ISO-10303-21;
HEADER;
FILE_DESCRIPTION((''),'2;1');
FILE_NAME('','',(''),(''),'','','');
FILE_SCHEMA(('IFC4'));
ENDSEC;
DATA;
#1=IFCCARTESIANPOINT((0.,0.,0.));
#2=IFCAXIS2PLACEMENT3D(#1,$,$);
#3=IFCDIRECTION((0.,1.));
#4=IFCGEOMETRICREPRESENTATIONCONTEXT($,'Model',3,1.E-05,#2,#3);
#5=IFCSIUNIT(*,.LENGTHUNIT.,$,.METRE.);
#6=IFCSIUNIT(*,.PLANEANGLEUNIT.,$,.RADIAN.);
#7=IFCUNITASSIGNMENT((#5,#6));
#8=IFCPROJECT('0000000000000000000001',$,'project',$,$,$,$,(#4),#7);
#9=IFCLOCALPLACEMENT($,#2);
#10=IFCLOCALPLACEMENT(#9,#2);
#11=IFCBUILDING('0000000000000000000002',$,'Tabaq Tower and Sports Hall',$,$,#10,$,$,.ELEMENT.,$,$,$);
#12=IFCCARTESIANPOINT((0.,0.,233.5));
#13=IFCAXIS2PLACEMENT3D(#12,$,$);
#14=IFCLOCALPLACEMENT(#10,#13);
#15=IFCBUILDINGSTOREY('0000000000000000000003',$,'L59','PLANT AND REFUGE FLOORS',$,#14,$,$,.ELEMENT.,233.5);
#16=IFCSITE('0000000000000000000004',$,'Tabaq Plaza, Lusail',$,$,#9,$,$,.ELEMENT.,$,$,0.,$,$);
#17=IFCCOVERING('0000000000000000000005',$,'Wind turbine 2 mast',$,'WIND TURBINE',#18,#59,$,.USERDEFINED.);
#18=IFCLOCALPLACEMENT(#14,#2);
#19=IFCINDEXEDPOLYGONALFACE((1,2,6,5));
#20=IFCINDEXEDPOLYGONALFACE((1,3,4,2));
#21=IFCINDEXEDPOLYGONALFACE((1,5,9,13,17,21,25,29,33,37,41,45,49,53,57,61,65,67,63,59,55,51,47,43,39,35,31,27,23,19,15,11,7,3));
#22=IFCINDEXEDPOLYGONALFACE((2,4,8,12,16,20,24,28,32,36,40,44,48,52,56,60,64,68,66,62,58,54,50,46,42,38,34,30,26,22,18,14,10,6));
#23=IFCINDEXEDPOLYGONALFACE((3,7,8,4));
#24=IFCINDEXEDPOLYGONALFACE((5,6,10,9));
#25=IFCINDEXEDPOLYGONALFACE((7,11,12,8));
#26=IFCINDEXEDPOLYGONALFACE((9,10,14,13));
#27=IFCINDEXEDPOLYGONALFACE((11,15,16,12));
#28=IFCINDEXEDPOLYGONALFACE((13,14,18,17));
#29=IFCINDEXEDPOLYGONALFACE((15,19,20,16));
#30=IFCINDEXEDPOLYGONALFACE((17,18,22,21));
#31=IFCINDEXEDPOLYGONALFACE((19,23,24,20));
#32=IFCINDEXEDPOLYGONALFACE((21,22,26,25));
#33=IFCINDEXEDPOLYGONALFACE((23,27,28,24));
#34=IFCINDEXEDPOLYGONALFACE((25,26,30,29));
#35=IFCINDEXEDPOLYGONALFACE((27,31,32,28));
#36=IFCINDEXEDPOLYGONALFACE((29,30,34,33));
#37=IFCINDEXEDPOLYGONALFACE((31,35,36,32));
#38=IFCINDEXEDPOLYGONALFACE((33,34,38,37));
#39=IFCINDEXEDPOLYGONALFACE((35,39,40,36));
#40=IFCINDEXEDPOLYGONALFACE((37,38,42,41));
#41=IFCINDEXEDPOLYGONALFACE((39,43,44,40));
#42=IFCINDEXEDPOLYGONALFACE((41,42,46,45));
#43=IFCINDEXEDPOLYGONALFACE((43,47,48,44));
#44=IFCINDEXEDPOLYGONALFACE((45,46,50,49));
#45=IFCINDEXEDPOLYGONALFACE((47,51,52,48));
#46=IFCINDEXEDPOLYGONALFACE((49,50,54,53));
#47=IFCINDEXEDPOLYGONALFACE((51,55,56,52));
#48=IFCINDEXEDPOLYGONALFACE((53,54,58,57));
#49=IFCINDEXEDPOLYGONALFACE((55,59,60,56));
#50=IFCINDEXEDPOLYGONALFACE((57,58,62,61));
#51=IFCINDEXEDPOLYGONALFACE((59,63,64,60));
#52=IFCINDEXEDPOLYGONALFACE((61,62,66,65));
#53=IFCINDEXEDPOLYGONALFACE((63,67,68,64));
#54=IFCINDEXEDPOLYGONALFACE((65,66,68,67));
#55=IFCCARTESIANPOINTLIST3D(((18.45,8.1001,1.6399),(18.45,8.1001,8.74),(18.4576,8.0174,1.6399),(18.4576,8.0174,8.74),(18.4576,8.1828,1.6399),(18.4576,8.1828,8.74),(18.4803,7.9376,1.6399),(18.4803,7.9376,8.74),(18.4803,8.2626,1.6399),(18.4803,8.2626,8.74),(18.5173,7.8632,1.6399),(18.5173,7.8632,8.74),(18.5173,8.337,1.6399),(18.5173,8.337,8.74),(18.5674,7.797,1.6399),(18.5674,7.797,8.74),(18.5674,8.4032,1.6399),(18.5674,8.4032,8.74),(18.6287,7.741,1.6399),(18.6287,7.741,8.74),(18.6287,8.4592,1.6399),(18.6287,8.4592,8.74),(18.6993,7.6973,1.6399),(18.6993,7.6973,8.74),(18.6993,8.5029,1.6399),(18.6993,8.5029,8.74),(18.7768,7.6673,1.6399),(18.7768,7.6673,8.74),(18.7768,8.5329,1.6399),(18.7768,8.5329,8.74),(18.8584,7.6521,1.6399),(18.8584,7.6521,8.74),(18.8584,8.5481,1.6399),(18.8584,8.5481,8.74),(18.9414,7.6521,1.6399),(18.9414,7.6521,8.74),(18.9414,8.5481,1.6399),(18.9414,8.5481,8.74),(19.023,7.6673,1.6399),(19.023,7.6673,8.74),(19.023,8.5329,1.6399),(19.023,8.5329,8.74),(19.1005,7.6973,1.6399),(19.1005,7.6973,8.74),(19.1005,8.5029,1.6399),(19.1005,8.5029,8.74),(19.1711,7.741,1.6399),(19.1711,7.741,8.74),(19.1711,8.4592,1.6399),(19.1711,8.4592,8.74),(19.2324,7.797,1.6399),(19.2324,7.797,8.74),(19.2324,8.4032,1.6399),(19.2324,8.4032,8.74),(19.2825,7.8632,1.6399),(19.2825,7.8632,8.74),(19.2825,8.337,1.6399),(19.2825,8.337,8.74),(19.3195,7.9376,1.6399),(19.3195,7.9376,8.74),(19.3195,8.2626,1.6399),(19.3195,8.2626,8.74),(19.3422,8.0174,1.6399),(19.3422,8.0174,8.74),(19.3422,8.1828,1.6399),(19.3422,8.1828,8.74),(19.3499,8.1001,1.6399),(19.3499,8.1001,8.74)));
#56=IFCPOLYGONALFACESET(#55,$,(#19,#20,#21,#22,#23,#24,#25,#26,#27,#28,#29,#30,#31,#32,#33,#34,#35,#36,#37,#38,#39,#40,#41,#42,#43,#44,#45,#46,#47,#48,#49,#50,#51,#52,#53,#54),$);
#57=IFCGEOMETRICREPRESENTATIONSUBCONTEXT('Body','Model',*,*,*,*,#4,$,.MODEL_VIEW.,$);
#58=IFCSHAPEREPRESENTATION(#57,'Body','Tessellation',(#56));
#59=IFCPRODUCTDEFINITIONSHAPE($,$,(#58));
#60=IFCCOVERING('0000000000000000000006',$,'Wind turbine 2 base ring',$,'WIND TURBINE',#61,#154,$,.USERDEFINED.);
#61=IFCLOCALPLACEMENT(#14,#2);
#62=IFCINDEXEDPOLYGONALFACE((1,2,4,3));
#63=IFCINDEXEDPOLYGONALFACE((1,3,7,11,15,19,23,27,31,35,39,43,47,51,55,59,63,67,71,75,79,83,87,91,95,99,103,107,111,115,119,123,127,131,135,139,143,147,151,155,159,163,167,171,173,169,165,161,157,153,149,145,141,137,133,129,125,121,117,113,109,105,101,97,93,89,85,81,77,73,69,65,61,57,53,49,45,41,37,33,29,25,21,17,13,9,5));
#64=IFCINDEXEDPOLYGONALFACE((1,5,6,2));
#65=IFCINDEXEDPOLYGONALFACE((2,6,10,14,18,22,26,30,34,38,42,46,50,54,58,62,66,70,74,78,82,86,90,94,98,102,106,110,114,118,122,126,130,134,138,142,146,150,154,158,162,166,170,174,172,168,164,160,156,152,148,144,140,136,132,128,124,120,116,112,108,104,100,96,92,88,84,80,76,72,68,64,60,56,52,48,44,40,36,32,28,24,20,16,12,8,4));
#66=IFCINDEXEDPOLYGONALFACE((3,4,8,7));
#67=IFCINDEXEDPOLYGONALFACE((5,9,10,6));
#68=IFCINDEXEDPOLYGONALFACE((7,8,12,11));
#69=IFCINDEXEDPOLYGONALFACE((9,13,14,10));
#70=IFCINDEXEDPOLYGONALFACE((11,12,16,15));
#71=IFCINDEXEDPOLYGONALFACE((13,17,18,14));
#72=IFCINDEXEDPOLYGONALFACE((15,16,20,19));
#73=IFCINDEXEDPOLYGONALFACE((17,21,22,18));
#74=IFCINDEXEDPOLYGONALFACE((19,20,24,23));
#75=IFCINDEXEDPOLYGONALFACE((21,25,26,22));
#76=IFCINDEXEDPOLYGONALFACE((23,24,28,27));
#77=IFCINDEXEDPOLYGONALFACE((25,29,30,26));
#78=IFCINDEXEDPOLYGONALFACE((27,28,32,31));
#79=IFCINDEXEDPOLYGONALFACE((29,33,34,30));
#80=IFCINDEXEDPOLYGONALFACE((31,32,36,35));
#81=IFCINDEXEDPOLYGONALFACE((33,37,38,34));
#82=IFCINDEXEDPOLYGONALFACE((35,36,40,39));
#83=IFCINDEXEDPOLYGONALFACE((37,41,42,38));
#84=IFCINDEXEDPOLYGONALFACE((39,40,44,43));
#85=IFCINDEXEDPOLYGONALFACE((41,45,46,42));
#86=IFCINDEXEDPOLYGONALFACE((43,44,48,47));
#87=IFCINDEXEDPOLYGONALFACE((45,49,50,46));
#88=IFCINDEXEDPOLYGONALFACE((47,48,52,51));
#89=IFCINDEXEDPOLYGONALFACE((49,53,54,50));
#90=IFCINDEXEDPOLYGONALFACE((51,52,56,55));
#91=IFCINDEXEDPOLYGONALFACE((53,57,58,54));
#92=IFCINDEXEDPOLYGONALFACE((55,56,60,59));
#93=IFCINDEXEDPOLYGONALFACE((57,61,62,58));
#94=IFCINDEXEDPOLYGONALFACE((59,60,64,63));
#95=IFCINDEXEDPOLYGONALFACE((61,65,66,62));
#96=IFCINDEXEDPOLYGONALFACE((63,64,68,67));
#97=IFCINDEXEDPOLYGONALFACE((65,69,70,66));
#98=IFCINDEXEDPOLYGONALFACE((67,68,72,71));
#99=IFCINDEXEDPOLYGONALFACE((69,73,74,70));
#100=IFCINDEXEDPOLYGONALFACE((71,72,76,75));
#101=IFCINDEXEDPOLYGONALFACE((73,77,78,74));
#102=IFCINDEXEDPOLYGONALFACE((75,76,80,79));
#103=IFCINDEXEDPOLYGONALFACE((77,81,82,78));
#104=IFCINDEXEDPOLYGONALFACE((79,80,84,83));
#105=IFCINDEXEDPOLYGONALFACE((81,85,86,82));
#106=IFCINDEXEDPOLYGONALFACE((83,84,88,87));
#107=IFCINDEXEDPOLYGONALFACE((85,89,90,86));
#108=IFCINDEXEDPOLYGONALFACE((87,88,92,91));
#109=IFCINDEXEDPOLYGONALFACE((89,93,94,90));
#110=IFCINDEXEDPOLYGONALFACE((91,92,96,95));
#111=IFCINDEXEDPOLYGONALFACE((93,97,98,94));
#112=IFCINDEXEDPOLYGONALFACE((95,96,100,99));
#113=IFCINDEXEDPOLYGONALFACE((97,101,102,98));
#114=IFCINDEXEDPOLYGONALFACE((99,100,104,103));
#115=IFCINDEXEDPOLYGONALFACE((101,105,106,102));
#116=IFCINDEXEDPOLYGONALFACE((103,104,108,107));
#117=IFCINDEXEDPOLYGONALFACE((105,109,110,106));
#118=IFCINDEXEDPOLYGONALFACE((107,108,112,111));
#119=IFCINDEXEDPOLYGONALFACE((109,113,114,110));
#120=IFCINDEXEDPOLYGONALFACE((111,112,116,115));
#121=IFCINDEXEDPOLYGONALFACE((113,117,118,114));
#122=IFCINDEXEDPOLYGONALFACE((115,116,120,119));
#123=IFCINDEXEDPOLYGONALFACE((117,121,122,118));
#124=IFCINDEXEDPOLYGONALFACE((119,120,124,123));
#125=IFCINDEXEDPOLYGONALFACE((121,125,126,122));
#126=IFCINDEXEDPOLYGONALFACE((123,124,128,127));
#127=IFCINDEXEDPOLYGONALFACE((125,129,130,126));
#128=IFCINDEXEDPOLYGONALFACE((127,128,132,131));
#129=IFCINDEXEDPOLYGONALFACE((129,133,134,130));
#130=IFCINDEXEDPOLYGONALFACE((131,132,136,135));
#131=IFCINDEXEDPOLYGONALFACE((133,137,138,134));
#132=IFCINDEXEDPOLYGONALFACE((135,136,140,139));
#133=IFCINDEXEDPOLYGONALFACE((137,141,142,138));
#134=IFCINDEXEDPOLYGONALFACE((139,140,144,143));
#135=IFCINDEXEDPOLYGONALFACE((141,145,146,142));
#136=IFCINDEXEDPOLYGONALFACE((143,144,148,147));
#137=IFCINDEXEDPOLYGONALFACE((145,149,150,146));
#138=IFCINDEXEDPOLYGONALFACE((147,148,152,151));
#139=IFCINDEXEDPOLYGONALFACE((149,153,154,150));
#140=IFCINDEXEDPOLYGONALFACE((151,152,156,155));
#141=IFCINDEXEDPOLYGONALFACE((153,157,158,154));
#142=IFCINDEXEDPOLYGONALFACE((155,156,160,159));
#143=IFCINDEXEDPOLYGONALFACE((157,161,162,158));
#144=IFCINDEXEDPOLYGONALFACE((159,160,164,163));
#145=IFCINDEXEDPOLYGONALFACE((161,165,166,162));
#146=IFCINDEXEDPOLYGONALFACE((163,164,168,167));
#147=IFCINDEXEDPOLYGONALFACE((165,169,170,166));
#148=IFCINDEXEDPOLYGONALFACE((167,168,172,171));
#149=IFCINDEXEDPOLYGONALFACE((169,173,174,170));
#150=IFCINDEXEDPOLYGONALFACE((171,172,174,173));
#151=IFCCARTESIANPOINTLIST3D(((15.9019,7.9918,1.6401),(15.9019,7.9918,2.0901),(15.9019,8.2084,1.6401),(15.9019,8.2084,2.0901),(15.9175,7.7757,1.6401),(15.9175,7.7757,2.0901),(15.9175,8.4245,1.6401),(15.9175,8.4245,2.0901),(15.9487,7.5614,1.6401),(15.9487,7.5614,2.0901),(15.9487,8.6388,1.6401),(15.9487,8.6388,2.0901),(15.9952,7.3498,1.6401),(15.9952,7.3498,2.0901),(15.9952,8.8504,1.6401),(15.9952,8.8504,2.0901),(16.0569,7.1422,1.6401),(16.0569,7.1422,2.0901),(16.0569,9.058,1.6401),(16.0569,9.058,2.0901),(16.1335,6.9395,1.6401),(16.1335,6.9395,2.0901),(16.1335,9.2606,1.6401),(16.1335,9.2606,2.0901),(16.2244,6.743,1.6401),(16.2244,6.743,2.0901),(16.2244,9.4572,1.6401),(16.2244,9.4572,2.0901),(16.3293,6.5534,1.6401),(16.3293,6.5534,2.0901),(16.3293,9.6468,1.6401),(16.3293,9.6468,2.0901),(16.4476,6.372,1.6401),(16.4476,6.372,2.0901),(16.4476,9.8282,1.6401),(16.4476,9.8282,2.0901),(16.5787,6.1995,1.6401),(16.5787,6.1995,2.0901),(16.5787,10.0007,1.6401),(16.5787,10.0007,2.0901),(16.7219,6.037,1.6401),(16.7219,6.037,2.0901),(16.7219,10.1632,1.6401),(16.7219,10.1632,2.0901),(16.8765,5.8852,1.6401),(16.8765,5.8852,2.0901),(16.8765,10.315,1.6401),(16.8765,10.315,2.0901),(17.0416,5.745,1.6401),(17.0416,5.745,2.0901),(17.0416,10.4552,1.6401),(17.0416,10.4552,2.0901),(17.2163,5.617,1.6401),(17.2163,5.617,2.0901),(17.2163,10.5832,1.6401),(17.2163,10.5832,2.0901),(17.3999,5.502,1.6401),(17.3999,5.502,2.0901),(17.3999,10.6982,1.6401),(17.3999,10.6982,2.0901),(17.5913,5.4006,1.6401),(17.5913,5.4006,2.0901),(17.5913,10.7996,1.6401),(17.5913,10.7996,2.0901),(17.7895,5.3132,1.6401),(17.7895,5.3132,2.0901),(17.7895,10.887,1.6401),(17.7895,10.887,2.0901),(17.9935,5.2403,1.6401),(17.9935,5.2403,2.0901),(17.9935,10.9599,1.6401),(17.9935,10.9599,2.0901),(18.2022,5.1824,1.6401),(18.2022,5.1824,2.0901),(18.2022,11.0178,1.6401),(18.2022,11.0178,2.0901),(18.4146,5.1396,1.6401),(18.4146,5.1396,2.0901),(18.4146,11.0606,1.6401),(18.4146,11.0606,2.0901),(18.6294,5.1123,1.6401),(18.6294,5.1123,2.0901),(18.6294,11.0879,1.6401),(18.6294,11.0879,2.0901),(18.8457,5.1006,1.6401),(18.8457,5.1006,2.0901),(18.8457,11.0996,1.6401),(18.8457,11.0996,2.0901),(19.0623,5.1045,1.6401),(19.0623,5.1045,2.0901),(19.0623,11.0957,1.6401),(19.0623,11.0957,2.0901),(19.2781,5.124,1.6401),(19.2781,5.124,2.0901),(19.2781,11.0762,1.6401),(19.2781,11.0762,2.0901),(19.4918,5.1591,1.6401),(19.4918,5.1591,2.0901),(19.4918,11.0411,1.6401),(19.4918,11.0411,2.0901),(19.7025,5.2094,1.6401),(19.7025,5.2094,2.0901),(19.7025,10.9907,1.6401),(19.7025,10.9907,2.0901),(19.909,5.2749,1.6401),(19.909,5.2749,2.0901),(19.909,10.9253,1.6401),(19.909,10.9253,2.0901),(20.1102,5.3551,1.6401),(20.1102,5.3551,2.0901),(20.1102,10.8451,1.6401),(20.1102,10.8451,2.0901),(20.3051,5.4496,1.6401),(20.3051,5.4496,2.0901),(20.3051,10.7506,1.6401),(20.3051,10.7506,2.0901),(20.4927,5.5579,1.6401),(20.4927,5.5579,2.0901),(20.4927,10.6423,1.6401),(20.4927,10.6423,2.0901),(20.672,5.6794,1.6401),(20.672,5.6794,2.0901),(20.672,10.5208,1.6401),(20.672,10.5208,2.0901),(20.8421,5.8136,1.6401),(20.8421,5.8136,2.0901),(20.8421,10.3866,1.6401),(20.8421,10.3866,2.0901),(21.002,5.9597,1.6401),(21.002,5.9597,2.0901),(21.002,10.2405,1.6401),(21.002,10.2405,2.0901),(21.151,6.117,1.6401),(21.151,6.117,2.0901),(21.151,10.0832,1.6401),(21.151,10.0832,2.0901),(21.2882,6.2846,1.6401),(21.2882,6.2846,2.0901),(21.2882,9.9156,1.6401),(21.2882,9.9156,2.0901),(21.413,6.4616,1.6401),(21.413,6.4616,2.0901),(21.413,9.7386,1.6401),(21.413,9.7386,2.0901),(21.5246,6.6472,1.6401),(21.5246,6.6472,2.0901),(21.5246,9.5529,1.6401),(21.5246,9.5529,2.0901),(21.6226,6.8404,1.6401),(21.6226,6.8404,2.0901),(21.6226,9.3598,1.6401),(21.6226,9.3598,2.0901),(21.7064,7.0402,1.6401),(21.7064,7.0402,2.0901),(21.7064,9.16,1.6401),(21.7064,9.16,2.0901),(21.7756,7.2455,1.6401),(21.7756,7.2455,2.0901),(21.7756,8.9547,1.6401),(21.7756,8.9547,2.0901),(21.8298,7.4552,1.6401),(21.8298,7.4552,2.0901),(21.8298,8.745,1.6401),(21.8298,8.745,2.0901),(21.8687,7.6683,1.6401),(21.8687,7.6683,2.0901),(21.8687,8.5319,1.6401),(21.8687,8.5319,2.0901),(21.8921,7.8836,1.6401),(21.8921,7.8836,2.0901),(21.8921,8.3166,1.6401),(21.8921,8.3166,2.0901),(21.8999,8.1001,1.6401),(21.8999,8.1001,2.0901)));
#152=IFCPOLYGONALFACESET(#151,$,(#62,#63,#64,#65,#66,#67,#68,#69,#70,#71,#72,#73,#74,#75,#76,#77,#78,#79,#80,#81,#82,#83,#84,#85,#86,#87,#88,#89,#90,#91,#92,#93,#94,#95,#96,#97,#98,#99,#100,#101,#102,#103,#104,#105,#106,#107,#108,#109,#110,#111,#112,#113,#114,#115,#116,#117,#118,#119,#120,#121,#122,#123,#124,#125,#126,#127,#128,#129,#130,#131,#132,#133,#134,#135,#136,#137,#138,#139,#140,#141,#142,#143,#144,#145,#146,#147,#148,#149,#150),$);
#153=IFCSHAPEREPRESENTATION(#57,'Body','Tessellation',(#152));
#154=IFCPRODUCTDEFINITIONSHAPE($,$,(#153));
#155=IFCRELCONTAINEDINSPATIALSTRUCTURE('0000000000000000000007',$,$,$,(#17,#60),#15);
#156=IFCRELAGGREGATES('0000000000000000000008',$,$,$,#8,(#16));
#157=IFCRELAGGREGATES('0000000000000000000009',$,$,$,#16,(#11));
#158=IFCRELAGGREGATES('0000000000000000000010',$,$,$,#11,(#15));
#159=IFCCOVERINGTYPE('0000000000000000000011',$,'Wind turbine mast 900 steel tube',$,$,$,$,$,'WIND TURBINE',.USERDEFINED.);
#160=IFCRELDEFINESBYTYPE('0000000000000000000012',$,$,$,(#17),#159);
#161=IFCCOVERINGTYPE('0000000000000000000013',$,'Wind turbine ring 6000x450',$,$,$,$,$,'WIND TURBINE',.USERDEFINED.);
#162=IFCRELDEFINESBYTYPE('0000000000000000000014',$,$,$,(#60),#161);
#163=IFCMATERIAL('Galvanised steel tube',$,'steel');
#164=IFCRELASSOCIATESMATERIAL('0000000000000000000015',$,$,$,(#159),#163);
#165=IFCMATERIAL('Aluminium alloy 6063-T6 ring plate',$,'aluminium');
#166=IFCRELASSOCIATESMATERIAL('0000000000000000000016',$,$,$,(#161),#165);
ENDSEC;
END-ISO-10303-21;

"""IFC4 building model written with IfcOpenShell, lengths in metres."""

from ifc_helpers import new_model, si_unit, direction, frame, origin, origin_2d, place, context, subcontext, project, spatial, circle, extrude, material, material_profile, profile_set, type_object, element, save


model = new_model("IFC4")

# Units and contexts
model_context = context("Model", 3, precision=1e-05, world=origin(), true_north=direction((0.0, 1.0)))
body_context = subcontext(model_context, "Body", "Model", "MODEL_VIEW")
ifc_project = project(units=[si_unit("LENGTHUNIT", "METRE"), si_unit("PLANEANGLEUNIT", "RADIAN")], contexts=[model_context])

# Site, building, storey
site_placement = place(None, origin())
site = spatial("IfcSite", under=ifc_project, at=site_placement, Name="Tabaq Plaza, Lusail", CompositionType="ELEMENT", RefElevation=0.0)
building_placement = place(site_placement, origin())
building = spatial("IfcBuilding", under=site, at=building_placement, Name="Tabaq Tower and Sports Hall", CompositionType="ELEMENT")
storey_placement = place(building_placement, frame((0.0, 0.0, 233.5)))
storey = spatial("IfcBuildingStorey", under=building, at=storey_placement, Name="L59", Description="PLANT AND REFUGE FLOORS", CompositionType="ELEMENT", Elevation=233.5)

# Coverings
ifc_material_1 = material(Name="Galvanised steel tube", Category="steel")
ifc_material_profile_1 = material_profile(ifc_material_1, circle(Radius=0.45, at=origin_2d()), Name="Wind turbine mast 900 steel tube")
ifc_profile_set_1 = profile_set([ifc_material_profile_1], Name="Galvanised steel tube")
covering_type_1 = type_object("IfcCoveringType", Name="Wind turbine mast 900 steel tube", ElementType="WIND TURBINE", PredefinedType="USERDEFINED", material=ifc_profile_set_1)
covering_1_placement = place(storey_placement, frame((18.8999, 8.1001, 8.74), z_axis=(0.0, 0.0, -1.0), x_axis=(1.0, 0.0, 0.0)))
element("IfcCovering", 1, at=covering_1_placement, inside=storey, type_object=covering_type_1, Name="Wind turbine 2 mast", ObjectType="WIND TURBINE", PredefinedType="USERDEFINED", context=body_context, shape_type="SweptSolid", body=[
    extrude(circle(Radius=0.45, at=origin_2d()), origin(), (0.0, 0.0, 1.0), 7.1001),
])
ifc_material_2 = material(Name="Aluminium alloy 6063-T6 ring plate", Category="aluminium")
ifc_material_profile_2 = material_profile(ifc_material_2, circle(Radius=3.0, at=origin_2d()), Name="Wind turbine ring 6000x450")
ifc_profile_set_2 = profile_set([ifc_material_profile_2], Name="Aluminium alloy 6063-T6 ring plate")
covering_type_2 = type_object("IfcCoveringType", Name="Wind turbine ring 6000x450", ElementType="WIND TURBINE", PredefinedType="USERDEFINED", material=ifc_profile_set_2)
for number, where, z_axis, x_axis, name in (
    (2, (18.8999, 8.1001, 2.0901), (0.0, 0.0, -1.0), (1.0, 0.0, 0.0), "Wind turbine 2 base ring"),
):
    element("IfcCovering", number, at=place(storey_placement, frame(where, z_axis=z_axis, x_axis=x_axis)), inside=storey, type_object=covering_type_2, Name=name, ObjectType="WIND TURBINE", PredefinedType="USERDEFINED", context=body_context, shape_type="SweptSolid", body=[
        extrude(circle(Radius=3.0, at=origin_2d()), origin(), (0.0, 0.0, 1.0), 0.45),
    ])

save(model, "model.ifc")
